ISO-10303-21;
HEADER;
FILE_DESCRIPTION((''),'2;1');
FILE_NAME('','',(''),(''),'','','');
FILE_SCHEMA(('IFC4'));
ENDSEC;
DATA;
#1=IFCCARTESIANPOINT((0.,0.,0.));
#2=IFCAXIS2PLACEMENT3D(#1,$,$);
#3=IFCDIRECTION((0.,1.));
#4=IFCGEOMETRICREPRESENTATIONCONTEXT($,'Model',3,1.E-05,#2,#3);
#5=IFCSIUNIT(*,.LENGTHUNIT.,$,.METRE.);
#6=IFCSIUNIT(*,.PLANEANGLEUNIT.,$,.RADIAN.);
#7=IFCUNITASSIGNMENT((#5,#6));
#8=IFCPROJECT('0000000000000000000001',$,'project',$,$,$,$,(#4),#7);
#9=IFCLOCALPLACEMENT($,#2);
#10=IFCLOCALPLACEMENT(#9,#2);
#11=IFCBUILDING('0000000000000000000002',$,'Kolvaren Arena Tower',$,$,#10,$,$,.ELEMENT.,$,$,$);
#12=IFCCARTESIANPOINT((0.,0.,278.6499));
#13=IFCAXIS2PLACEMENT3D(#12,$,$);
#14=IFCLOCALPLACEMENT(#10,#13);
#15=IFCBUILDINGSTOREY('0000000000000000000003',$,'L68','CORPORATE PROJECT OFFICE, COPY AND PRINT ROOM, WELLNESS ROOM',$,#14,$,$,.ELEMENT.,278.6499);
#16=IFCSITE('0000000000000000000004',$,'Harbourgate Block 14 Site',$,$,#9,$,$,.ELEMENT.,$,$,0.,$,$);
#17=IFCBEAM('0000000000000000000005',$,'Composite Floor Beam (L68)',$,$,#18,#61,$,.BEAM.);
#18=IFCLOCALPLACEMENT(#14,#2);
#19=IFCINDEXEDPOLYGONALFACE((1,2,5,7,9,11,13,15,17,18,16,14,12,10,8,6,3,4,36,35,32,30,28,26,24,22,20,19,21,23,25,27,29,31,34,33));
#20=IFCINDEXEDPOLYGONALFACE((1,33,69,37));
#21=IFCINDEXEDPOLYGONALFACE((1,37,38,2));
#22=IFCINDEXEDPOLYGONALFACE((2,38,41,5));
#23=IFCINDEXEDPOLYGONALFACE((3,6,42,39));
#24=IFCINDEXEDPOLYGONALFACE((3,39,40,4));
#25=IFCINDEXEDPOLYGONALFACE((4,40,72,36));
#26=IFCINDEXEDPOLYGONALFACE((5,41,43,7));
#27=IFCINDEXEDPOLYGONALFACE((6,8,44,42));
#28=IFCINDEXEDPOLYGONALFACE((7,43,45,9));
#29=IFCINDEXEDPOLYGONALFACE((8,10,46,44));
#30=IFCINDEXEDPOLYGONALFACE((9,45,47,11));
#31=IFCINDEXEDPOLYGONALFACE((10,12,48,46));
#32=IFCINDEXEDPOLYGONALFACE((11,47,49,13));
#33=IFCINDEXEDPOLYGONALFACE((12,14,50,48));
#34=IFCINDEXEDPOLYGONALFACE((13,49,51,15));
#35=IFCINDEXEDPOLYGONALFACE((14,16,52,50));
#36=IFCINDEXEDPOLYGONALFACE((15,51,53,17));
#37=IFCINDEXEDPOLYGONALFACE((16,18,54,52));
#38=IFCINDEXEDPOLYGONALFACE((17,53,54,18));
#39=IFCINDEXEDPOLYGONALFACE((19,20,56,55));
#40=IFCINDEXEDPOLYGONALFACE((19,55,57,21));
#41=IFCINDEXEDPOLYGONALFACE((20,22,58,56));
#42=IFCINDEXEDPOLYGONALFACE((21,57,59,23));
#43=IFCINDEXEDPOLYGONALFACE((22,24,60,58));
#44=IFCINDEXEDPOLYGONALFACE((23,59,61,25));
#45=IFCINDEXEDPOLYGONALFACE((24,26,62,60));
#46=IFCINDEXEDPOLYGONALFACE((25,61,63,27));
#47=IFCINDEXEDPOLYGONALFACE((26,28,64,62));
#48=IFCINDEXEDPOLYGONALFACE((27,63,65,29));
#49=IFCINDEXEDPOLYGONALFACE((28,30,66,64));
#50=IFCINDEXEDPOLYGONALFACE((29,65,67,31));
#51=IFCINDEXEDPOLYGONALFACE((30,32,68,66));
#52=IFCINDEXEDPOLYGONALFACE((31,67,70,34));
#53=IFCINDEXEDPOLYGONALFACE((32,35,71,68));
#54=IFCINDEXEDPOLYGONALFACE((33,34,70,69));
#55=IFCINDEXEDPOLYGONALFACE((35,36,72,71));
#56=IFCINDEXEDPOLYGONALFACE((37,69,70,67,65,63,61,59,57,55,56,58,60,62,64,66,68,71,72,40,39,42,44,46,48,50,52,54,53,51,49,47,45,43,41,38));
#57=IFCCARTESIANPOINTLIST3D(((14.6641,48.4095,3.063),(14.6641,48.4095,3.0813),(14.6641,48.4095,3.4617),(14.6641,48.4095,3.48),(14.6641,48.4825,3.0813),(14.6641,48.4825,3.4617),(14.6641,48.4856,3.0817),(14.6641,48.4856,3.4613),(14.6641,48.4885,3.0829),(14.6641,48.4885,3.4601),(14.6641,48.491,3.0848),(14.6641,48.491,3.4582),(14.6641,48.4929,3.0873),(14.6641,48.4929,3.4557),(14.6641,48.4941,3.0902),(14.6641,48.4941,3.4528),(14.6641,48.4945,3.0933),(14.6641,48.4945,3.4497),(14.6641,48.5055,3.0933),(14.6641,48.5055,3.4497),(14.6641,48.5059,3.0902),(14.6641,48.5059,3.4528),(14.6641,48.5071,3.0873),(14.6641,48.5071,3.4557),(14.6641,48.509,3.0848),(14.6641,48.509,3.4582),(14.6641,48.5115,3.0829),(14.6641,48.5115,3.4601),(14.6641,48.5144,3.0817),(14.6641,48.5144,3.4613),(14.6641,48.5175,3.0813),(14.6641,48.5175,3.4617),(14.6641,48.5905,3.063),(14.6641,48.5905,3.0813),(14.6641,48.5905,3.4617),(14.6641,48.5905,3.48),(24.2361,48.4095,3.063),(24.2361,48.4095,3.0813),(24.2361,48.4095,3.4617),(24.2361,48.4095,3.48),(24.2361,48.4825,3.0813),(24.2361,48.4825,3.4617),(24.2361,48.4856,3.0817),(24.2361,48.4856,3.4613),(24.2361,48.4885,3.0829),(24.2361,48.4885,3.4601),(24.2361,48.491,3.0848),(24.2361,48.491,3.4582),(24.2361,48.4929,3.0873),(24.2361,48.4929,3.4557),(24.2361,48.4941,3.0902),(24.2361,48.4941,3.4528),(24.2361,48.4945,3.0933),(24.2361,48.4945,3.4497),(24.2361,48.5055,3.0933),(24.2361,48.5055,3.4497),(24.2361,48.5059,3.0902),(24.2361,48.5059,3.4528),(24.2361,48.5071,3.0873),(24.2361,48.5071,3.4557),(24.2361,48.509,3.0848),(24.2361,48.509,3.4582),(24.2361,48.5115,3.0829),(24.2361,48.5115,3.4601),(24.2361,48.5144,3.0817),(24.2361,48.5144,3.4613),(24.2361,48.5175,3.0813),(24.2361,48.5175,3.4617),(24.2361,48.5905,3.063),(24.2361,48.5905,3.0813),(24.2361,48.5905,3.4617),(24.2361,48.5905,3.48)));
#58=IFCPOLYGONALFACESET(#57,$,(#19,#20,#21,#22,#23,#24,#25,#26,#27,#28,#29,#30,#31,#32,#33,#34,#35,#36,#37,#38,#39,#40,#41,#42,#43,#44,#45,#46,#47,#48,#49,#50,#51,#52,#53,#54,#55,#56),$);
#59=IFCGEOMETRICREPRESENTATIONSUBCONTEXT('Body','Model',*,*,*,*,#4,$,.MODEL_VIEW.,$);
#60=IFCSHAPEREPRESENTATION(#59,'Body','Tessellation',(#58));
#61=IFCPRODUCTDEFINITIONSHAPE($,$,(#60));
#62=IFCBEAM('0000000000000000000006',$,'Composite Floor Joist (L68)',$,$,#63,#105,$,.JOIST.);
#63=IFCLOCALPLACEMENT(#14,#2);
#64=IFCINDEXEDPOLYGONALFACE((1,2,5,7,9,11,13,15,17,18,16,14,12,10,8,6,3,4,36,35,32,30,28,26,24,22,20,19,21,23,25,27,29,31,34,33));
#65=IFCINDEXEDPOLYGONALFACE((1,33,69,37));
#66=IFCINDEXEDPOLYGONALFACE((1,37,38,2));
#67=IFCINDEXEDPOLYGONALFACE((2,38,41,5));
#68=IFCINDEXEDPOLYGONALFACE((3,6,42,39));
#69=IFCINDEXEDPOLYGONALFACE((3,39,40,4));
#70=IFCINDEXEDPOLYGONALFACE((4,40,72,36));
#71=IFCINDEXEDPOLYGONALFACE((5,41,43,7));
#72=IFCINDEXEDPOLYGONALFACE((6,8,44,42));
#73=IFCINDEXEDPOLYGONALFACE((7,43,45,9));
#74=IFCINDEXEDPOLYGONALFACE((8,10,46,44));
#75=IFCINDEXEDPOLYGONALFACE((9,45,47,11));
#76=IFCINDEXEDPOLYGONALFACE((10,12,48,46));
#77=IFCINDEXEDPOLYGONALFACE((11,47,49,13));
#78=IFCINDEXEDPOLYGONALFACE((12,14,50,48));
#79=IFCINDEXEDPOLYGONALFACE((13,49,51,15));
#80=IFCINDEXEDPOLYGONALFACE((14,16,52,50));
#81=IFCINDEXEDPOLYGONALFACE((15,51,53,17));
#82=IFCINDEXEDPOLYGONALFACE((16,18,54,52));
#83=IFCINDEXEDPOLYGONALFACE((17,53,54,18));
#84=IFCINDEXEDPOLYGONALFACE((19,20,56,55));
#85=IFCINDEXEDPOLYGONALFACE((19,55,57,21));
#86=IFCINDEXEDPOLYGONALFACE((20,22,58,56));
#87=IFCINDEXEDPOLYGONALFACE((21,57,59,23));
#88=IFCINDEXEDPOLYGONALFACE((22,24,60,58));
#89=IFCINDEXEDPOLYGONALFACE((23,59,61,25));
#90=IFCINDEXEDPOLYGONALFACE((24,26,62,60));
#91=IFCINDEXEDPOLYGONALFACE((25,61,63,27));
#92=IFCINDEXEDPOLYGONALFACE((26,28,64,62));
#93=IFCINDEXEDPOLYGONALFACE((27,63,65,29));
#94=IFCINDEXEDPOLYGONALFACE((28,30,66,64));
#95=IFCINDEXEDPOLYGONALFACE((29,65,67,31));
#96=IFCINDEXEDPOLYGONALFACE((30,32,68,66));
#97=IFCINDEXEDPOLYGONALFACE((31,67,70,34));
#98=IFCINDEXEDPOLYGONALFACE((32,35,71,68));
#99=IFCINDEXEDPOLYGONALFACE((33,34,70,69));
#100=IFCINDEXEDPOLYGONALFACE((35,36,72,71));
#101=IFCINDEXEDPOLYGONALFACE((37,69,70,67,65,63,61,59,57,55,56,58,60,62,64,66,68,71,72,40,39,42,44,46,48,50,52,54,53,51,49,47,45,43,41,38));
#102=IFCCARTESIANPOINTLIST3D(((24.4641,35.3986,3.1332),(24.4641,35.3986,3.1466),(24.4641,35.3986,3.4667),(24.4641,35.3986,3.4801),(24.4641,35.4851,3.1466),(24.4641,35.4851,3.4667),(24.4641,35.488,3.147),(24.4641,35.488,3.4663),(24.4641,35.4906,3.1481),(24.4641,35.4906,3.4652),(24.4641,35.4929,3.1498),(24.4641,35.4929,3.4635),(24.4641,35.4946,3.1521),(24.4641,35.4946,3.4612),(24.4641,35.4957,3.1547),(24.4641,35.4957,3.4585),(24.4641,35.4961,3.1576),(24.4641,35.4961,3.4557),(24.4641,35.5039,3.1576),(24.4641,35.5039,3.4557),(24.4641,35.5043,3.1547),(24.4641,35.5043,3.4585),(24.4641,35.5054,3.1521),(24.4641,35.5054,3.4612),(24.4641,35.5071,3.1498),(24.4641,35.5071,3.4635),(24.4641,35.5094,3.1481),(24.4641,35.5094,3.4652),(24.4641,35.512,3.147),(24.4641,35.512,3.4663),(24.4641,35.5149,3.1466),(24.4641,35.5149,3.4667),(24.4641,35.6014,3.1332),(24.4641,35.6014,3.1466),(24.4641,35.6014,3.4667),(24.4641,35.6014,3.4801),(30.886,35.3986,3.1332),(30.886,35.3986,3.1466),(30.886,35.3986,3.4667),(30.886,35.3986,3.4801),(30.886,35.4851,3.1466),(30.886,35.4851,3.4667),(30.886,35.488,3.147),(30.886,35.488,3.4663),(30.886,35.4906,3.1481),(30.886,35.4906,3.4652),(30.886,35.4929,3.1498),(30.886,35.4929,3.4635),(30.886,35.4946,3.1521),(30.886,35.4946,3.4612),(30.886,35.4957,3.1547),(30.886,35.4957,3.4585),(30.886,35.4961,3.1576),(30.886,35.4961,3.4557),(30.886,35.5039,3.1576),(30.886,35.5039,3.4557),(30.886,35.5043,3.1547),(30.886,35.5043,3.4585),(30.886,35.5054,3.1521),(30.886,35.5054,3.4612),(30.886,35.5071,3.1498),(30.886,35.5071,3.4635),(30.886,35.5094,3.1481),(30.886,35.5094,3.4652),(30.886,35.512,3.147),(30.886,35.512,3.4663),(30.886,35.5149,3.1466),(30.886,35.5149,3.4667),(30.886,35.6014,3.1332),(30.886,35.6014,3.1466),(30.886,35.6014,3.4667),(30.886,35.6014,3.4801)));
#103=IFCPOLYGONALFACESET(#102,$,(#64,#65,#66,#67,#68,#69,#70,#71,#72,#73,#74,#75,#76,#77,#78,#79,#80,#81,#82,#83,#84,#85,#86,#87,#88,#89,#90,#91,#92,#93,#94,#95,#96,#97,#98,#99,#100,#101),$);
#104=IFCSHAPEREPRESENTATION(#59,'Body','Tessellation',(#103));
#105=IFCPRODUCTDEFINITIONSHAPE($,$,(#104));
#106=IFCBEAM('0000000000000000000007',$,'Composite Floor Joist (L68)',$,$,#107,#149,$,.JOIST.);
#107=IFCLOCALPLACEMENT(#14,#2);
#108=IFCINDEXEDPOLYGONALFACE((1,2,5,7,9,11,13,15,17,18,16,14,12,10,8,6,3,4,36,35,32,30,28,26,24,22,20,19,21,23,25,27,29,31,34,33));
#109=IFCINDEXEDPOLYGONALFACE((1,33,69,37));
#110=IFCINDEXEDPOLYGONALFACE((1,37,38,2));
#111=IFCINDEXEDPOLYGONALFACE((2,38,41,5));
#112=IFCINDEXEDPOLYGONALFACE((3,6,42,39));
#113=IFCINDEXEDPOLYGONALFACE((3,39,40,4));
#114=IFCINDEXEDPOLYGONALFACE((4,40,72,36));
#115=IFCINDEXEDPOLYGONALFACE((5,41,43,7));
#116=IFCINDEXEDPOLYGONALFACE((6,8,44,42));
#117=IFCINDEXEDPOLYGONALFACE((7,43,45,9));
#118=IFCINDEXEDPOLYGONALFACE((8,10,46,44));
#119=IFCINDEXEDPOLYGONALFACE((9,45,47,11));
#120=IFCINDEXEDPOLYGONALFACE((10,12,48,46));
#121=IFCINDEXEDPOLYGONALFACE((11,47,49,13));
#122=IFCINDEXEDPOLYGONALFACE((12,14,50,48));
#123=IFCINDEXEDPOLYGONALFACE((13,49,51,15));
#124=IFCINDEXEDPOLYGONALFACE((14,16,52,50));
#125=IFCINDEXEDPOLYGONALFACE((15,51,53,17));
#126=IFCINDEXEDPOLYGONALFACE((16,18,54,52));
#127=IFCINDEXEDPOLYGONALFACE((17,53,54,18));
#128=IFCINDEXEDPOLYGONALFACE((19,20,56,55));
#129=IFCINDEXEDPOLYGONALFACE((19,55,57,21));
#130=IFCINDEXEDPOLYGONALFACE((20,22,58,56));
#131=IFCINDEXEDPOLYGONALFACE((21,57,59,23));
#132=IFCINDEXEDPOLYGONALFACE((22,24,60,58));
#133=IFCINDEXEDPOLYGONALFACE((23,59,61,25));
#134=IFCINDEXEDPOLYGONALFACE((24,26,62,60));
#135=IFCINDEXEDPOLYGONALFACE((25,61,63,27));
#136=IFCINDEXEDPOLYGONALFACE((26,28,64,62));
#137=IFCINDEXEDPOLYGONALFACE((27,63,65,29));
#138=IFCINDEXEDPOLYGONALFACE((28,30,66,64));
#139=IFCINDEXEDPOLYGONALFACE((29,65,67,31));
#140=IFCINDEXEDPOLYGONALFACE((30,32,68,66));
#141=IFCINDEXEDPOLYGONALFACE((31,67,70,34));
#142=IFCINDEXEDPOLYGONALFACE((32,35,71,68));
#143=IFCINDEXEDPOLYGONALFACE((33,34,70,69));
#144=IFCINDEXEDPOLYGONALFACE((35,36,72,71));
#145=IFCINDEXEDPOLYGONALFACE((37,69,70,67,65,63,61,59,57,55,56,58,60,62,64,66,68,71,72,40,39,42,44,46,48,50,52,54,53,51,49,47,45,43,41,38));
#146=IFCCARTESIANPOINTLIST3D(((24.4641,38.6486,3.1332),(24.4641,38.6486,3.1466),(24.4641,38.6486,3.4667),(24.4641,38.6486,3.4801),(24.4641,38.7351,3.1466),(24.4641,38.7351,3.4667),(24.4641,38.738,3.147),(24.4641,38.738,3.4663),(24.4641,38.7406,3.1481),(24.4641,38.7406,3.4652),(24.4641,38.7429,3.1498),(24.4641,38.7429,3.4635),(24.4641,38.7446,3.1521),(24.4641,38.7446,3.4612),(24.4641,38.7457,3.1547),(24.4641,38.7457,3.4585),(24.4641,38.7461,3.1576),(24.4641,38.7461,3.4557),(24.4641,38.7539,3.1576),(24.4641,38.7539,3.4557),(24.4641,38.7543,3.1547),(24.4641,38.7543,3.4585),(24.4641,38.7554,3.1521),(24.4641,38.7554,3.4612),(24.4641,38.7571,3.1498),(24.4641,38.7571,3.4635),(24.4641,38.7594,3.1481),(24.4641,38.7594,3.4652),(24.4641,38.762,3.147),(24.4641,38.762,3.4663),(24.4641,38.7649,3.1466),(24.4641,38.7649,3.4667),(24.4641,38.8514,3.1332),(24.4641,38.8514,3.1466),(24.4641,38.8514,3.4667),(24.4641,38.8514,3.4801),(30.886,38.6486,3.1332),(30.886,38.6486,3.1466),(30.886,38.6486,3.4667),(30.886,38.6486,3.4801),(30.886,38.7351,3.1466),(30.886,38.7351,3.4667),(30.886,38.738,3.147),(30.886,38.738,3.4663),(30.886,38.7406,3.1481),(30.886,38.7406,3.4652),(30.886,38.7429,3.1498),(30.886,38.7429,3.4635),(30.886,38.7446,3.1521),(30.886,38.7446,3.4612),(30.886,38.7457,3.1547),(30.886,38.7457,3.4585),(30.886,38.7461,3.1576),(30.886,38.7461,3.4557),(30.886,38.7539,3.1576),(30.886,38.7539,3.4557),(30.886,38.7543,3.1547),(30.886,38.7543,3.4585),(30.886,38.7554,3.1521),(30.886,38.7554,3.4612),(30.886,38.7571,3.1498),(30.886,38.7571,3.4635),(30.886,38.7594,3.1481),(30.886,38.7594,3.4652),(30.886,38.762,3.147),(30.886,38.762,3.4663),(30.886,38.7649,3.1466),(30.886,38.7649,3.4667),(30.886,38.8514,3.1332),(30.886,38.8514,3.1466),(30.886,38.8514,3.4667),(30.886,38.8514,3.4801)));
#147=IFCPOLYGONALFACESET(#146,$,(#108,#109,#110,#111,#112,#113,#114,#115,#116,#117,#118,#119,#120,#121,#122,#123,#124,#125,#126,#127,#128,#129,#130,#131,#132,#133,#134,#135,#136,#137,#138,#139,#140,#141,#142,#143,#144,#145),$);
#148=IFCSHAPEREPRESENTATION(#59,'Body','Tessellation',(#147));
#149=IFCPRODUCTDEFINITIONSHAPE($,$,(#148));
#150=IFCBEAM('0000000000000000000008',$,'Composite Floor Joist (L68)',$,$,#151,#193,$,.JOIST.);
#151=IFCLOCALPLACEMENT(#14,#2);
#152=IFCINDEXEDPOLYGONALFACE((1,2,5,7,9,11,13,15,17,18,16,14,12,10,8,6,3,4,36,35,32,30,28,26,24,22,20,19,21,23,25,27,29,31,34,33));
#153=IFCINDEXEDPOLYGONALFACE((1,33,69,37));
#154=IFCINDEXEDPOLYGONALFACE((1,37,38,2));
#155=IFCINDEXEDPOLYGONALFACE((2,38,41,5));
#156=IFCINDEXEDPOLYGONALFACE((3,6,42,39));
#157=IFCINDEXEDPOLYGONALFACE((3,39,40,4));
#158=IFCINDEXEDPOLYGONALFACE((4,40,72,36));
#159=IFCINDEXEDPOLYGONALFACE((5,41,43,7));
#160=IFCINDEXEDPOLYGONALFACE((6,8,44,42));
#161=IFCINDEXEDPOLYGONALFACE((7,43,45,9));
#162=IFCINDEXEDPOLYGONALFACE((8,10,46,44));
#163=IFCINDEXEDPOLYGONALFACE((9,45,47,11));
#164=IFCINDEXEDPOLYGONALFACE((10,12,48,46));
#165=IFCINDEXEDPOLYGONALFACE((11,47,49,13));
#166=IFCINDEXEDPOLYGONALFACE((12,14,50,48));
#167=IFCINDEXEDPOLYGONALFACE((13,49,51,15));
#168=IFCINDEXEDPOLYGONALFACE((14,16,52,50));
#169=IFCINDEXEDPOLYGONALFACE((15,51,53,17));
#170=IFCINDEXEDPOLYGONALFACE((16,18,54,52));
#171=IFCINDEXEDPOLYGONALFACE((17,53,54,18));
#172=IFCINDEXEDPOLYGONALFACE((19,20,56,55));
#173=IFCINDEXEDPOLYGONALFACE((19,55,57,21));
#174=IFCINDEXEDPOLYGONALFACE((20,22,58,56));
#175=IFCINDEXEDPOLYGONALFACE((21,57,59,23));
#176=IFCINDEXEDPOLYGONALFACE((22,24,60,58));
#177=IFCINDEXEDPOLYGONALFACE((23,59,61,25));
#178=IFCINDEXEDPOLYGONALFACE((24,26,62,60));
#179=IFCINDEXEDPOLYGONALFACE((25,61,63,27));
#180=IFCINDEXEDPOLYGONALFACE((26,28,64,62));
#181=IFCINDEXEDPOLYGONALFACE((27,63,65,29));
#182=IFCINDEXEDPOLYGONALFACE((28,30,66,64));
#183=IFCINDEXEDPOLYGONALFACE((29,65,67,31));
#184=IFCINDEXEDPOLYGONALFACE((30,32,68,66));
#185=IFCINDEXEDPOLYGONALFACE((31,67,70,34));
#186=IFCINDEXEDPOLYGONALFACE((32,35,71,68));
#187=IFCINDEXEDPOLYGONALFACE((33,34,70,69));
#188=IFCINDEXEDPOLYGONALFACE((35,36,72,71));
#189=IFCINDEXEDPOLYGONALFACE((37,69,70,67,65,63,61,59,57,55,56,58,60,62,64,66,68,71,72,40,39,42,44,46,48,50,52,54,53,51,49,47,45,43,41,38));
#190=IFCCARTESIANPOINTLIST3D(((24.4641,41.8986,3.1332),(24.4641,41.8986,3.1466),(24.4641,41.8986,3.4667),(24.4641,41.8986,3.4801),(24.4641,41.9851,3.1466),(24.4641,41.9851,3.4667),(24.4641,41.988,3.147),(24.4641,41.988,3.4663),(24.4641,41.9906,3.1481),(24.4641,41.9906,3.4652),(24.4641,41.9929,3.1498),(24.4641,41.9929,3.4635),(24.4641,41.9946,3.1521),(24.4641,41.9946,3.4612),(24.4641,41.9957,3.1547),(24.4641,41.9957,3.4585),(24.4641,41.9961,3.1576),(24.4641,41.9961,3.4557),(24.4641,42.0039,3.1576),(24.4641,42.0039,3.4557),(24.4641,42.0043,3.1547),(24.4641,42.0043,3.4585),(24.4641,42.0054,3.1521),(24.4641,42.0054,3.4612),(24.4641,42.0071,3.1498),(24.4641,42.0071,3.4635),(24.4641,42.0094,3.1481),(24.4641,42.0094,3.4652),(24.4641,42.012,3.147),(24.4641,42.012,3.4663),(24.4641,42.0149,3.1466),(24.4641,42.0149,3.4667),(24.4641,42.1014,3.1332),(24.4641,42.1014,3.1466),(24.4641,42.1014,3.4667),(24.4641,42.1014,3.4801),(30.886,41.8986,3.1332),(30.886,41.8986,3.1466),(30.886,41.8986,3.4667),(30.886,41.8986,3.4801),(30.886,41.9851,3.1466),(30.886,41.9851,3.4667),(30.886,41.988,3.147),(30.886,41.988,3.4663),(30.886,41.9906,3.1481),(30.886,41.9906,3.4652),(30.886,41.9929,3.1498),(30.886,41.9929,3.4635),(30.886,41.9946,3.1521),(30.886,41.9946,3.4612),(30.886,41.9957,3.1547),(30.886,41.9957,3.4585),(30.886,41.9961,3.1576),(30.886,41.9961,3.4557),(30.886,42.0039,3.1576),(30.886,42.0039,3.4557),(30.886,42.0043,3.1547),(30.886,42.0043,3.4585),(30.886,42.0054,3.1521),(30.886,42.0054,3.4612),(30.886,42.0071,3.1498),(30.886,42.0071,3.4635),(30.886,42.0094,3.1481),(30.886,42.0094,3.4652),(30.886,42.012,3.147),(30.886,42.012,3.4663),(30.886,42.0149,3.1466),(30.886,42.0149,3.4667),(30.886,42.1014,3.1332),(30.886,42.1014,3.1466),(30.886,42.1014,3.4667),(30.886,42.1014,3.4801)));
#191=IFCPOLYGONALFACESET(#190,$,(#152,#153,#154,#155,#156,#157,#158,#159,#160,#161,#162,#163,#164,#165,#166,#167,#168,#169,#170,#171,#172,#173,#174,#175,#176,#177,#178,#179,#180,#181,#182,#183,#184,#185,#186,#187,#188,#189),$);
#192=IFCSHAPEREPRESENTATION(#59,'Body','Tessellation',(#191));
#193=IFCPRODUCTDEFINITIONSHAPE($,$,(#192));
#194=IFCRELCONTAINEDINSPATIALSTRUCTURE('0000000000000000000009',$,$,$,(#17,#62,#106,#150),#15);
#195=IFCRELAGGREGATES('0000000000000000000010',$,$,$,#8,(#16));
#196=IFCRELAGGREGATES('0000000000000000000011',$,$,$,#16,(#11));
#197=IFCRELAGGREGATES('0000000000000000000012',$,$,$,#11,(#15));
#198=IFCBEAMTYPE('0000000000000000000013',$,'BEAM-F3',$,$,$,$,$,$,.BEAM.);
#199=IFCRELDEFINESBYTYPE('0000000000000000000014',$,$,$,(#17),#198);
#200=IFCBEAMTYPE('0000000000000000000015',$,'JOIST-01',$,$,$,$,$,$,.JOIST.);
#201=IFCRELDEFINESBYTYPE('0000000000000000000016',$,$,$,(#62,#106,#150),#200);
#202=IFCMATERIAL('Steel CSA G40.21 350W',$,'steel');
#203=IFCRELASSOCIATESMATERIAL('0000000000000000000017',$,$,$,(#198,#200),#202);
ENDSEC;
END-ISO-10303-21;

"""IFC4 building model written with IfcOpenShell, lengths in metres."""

from ifc_helpers import new_model, si_unit, direction, frame, origin, origin_2d, place, context, subcontext, project, spatial, i_section, extrude, material, material_profile, profile_set, type_object, element, save


model = new_model("IFC4")

# Units and contexts
model_context = context("Model", 3, precision=1e-05, world=origin(), true_north=direction((0.0, 1.0)))
body_context = subcontext(model_context, "Body", "Model", "MODEL_VIEW")
ifc_project = project(units=[si_unit("LENGTHUNIT", "METRE"), si_unit("PLANEANGLEUNIT", "RADIAN")], contexts=[model_context])

# Site, building, storey
site_placement = place(None, origin())
site = spatial("IfcSite", under=ifc_project, at=site_placement, Name="Harbourgate Block 14 Site", CompositionType="ELEMENT", RefElevation=0.0)
building_placement = place(site_placement, origin())
building = spatial("IfcBuilding", under=site, at=building_placement, Name="Kolvaren Arena Tower", CompositionType="ELEMENT")
storey_placement = place(building_placement, frame((0.0, 0.0, 278.6499)))
storey = spatial("IfcBuildingStorey", under=building, at=storey_placement, Name="L68", Description="CORPORATE PROJECT OFFICE, COPY AND PRINT ROOM, WELLNESS ROOM", CompositionType="ELEMENT", Elevation=278.6499)

# Beams
ifc_material_1 = material(Name="Steel CSA G40.21 350W", Category="steel")
ifc_material_profile_1 = material_profile(ifc_material_1, i_section(OverallWidth=0.1809, OverallDepth=0.417, WebThickness=0.011, FlangeThickness=0.0183, FilletRadius=0.012, at=origin_2d()), Name="W410x85")
ifc_profile_set_1 = profile_set([ifc_material_profile_1], Name="Steel CSA G40.21 350W")
beam_type_1 = type_object("IfcBeamType", Name="BEAM-F3", PredefinedType="BEAM", material=ifc_profile_set_1)
beam_1_placement = place(storey_placement, frame((14.6641, 48.5, 3.2715), z_axis=(1.0, 0.0, 0.0), x_axis=(0.0, 1.0, 0.0)))
element("IfcBeam", 1, at=beam_1_placement, inside=storey, type_object=beam_type_1, Name="Composite Floor Beam (L68)", PredefinedType="BEAM", context=body_context, shape_type="SweptSolid", body=[
    extrude(i_section(OverallWidth=0.1809, OverallDepth=0.417, WebThickness=0.011, FlangeThickness=0.0183, FilletRadius=0.012, at=origin_2d()), origin(), (0.0, 0.0, 1.0), 9.572),
])
ifc_material_profile_2 = material_profile(ifc_material_1, i_section(OverallWidth=0.2029, OverallDepth=0.3469, WebThickness=0.0078, FlangeThickness=0.0134, FilletRadius=0.011, at=origin_2d()), Name="W360x64")
ifc_profile_set_2 = profile_set([ifc_material_profile_2], Name="Steel CSA G40.21 350W")
beam_type_2 = type_object("IfcBeamType", Name="JOIST-01", PredefinedType="JOIST", material=ifc_profile_set_2)
for number, where, z_axis, x_axis, name in (
    (2, (24.4641, 35.5, 3.3066), (1.0, 0.0, 0.0), (0.0, 1.0, 0.0), "Composite Floor Joist (L68)"),
    (3, (24.4641, 38.75, 3.3066), (1.0, 0.0, 0.0), (0.0, 1.0, 0.0), "Composite Floor Joist (L68)"),
    (4, (24.4641, 42.0, 3.3066), (1.0, 0.0, 0.0), (0.0, 1.0, 0.0), "Composite Floor Joist (L68)"),
):
    element("IfcBeam", number, at=place(storey_placement, frame(where, z_axis=z_axis, x_axis=x_axis)), inside=storey, type_object=beam_type_2, Name=name, PredefinedType="JOIST", context=body_context, shape_type="SweptSolid", body=[
        extrude(i_section(OverallWidth=0.2029, OverallDepth=0.3469, WebThickness=0.0078, FlangeThickness=0.0134, FilletRadius=0.011, at=origin_2d()), origin(), (0.0, 0.0, 1.0), 6.4219),
    ])

save(model, "model.ifc")
